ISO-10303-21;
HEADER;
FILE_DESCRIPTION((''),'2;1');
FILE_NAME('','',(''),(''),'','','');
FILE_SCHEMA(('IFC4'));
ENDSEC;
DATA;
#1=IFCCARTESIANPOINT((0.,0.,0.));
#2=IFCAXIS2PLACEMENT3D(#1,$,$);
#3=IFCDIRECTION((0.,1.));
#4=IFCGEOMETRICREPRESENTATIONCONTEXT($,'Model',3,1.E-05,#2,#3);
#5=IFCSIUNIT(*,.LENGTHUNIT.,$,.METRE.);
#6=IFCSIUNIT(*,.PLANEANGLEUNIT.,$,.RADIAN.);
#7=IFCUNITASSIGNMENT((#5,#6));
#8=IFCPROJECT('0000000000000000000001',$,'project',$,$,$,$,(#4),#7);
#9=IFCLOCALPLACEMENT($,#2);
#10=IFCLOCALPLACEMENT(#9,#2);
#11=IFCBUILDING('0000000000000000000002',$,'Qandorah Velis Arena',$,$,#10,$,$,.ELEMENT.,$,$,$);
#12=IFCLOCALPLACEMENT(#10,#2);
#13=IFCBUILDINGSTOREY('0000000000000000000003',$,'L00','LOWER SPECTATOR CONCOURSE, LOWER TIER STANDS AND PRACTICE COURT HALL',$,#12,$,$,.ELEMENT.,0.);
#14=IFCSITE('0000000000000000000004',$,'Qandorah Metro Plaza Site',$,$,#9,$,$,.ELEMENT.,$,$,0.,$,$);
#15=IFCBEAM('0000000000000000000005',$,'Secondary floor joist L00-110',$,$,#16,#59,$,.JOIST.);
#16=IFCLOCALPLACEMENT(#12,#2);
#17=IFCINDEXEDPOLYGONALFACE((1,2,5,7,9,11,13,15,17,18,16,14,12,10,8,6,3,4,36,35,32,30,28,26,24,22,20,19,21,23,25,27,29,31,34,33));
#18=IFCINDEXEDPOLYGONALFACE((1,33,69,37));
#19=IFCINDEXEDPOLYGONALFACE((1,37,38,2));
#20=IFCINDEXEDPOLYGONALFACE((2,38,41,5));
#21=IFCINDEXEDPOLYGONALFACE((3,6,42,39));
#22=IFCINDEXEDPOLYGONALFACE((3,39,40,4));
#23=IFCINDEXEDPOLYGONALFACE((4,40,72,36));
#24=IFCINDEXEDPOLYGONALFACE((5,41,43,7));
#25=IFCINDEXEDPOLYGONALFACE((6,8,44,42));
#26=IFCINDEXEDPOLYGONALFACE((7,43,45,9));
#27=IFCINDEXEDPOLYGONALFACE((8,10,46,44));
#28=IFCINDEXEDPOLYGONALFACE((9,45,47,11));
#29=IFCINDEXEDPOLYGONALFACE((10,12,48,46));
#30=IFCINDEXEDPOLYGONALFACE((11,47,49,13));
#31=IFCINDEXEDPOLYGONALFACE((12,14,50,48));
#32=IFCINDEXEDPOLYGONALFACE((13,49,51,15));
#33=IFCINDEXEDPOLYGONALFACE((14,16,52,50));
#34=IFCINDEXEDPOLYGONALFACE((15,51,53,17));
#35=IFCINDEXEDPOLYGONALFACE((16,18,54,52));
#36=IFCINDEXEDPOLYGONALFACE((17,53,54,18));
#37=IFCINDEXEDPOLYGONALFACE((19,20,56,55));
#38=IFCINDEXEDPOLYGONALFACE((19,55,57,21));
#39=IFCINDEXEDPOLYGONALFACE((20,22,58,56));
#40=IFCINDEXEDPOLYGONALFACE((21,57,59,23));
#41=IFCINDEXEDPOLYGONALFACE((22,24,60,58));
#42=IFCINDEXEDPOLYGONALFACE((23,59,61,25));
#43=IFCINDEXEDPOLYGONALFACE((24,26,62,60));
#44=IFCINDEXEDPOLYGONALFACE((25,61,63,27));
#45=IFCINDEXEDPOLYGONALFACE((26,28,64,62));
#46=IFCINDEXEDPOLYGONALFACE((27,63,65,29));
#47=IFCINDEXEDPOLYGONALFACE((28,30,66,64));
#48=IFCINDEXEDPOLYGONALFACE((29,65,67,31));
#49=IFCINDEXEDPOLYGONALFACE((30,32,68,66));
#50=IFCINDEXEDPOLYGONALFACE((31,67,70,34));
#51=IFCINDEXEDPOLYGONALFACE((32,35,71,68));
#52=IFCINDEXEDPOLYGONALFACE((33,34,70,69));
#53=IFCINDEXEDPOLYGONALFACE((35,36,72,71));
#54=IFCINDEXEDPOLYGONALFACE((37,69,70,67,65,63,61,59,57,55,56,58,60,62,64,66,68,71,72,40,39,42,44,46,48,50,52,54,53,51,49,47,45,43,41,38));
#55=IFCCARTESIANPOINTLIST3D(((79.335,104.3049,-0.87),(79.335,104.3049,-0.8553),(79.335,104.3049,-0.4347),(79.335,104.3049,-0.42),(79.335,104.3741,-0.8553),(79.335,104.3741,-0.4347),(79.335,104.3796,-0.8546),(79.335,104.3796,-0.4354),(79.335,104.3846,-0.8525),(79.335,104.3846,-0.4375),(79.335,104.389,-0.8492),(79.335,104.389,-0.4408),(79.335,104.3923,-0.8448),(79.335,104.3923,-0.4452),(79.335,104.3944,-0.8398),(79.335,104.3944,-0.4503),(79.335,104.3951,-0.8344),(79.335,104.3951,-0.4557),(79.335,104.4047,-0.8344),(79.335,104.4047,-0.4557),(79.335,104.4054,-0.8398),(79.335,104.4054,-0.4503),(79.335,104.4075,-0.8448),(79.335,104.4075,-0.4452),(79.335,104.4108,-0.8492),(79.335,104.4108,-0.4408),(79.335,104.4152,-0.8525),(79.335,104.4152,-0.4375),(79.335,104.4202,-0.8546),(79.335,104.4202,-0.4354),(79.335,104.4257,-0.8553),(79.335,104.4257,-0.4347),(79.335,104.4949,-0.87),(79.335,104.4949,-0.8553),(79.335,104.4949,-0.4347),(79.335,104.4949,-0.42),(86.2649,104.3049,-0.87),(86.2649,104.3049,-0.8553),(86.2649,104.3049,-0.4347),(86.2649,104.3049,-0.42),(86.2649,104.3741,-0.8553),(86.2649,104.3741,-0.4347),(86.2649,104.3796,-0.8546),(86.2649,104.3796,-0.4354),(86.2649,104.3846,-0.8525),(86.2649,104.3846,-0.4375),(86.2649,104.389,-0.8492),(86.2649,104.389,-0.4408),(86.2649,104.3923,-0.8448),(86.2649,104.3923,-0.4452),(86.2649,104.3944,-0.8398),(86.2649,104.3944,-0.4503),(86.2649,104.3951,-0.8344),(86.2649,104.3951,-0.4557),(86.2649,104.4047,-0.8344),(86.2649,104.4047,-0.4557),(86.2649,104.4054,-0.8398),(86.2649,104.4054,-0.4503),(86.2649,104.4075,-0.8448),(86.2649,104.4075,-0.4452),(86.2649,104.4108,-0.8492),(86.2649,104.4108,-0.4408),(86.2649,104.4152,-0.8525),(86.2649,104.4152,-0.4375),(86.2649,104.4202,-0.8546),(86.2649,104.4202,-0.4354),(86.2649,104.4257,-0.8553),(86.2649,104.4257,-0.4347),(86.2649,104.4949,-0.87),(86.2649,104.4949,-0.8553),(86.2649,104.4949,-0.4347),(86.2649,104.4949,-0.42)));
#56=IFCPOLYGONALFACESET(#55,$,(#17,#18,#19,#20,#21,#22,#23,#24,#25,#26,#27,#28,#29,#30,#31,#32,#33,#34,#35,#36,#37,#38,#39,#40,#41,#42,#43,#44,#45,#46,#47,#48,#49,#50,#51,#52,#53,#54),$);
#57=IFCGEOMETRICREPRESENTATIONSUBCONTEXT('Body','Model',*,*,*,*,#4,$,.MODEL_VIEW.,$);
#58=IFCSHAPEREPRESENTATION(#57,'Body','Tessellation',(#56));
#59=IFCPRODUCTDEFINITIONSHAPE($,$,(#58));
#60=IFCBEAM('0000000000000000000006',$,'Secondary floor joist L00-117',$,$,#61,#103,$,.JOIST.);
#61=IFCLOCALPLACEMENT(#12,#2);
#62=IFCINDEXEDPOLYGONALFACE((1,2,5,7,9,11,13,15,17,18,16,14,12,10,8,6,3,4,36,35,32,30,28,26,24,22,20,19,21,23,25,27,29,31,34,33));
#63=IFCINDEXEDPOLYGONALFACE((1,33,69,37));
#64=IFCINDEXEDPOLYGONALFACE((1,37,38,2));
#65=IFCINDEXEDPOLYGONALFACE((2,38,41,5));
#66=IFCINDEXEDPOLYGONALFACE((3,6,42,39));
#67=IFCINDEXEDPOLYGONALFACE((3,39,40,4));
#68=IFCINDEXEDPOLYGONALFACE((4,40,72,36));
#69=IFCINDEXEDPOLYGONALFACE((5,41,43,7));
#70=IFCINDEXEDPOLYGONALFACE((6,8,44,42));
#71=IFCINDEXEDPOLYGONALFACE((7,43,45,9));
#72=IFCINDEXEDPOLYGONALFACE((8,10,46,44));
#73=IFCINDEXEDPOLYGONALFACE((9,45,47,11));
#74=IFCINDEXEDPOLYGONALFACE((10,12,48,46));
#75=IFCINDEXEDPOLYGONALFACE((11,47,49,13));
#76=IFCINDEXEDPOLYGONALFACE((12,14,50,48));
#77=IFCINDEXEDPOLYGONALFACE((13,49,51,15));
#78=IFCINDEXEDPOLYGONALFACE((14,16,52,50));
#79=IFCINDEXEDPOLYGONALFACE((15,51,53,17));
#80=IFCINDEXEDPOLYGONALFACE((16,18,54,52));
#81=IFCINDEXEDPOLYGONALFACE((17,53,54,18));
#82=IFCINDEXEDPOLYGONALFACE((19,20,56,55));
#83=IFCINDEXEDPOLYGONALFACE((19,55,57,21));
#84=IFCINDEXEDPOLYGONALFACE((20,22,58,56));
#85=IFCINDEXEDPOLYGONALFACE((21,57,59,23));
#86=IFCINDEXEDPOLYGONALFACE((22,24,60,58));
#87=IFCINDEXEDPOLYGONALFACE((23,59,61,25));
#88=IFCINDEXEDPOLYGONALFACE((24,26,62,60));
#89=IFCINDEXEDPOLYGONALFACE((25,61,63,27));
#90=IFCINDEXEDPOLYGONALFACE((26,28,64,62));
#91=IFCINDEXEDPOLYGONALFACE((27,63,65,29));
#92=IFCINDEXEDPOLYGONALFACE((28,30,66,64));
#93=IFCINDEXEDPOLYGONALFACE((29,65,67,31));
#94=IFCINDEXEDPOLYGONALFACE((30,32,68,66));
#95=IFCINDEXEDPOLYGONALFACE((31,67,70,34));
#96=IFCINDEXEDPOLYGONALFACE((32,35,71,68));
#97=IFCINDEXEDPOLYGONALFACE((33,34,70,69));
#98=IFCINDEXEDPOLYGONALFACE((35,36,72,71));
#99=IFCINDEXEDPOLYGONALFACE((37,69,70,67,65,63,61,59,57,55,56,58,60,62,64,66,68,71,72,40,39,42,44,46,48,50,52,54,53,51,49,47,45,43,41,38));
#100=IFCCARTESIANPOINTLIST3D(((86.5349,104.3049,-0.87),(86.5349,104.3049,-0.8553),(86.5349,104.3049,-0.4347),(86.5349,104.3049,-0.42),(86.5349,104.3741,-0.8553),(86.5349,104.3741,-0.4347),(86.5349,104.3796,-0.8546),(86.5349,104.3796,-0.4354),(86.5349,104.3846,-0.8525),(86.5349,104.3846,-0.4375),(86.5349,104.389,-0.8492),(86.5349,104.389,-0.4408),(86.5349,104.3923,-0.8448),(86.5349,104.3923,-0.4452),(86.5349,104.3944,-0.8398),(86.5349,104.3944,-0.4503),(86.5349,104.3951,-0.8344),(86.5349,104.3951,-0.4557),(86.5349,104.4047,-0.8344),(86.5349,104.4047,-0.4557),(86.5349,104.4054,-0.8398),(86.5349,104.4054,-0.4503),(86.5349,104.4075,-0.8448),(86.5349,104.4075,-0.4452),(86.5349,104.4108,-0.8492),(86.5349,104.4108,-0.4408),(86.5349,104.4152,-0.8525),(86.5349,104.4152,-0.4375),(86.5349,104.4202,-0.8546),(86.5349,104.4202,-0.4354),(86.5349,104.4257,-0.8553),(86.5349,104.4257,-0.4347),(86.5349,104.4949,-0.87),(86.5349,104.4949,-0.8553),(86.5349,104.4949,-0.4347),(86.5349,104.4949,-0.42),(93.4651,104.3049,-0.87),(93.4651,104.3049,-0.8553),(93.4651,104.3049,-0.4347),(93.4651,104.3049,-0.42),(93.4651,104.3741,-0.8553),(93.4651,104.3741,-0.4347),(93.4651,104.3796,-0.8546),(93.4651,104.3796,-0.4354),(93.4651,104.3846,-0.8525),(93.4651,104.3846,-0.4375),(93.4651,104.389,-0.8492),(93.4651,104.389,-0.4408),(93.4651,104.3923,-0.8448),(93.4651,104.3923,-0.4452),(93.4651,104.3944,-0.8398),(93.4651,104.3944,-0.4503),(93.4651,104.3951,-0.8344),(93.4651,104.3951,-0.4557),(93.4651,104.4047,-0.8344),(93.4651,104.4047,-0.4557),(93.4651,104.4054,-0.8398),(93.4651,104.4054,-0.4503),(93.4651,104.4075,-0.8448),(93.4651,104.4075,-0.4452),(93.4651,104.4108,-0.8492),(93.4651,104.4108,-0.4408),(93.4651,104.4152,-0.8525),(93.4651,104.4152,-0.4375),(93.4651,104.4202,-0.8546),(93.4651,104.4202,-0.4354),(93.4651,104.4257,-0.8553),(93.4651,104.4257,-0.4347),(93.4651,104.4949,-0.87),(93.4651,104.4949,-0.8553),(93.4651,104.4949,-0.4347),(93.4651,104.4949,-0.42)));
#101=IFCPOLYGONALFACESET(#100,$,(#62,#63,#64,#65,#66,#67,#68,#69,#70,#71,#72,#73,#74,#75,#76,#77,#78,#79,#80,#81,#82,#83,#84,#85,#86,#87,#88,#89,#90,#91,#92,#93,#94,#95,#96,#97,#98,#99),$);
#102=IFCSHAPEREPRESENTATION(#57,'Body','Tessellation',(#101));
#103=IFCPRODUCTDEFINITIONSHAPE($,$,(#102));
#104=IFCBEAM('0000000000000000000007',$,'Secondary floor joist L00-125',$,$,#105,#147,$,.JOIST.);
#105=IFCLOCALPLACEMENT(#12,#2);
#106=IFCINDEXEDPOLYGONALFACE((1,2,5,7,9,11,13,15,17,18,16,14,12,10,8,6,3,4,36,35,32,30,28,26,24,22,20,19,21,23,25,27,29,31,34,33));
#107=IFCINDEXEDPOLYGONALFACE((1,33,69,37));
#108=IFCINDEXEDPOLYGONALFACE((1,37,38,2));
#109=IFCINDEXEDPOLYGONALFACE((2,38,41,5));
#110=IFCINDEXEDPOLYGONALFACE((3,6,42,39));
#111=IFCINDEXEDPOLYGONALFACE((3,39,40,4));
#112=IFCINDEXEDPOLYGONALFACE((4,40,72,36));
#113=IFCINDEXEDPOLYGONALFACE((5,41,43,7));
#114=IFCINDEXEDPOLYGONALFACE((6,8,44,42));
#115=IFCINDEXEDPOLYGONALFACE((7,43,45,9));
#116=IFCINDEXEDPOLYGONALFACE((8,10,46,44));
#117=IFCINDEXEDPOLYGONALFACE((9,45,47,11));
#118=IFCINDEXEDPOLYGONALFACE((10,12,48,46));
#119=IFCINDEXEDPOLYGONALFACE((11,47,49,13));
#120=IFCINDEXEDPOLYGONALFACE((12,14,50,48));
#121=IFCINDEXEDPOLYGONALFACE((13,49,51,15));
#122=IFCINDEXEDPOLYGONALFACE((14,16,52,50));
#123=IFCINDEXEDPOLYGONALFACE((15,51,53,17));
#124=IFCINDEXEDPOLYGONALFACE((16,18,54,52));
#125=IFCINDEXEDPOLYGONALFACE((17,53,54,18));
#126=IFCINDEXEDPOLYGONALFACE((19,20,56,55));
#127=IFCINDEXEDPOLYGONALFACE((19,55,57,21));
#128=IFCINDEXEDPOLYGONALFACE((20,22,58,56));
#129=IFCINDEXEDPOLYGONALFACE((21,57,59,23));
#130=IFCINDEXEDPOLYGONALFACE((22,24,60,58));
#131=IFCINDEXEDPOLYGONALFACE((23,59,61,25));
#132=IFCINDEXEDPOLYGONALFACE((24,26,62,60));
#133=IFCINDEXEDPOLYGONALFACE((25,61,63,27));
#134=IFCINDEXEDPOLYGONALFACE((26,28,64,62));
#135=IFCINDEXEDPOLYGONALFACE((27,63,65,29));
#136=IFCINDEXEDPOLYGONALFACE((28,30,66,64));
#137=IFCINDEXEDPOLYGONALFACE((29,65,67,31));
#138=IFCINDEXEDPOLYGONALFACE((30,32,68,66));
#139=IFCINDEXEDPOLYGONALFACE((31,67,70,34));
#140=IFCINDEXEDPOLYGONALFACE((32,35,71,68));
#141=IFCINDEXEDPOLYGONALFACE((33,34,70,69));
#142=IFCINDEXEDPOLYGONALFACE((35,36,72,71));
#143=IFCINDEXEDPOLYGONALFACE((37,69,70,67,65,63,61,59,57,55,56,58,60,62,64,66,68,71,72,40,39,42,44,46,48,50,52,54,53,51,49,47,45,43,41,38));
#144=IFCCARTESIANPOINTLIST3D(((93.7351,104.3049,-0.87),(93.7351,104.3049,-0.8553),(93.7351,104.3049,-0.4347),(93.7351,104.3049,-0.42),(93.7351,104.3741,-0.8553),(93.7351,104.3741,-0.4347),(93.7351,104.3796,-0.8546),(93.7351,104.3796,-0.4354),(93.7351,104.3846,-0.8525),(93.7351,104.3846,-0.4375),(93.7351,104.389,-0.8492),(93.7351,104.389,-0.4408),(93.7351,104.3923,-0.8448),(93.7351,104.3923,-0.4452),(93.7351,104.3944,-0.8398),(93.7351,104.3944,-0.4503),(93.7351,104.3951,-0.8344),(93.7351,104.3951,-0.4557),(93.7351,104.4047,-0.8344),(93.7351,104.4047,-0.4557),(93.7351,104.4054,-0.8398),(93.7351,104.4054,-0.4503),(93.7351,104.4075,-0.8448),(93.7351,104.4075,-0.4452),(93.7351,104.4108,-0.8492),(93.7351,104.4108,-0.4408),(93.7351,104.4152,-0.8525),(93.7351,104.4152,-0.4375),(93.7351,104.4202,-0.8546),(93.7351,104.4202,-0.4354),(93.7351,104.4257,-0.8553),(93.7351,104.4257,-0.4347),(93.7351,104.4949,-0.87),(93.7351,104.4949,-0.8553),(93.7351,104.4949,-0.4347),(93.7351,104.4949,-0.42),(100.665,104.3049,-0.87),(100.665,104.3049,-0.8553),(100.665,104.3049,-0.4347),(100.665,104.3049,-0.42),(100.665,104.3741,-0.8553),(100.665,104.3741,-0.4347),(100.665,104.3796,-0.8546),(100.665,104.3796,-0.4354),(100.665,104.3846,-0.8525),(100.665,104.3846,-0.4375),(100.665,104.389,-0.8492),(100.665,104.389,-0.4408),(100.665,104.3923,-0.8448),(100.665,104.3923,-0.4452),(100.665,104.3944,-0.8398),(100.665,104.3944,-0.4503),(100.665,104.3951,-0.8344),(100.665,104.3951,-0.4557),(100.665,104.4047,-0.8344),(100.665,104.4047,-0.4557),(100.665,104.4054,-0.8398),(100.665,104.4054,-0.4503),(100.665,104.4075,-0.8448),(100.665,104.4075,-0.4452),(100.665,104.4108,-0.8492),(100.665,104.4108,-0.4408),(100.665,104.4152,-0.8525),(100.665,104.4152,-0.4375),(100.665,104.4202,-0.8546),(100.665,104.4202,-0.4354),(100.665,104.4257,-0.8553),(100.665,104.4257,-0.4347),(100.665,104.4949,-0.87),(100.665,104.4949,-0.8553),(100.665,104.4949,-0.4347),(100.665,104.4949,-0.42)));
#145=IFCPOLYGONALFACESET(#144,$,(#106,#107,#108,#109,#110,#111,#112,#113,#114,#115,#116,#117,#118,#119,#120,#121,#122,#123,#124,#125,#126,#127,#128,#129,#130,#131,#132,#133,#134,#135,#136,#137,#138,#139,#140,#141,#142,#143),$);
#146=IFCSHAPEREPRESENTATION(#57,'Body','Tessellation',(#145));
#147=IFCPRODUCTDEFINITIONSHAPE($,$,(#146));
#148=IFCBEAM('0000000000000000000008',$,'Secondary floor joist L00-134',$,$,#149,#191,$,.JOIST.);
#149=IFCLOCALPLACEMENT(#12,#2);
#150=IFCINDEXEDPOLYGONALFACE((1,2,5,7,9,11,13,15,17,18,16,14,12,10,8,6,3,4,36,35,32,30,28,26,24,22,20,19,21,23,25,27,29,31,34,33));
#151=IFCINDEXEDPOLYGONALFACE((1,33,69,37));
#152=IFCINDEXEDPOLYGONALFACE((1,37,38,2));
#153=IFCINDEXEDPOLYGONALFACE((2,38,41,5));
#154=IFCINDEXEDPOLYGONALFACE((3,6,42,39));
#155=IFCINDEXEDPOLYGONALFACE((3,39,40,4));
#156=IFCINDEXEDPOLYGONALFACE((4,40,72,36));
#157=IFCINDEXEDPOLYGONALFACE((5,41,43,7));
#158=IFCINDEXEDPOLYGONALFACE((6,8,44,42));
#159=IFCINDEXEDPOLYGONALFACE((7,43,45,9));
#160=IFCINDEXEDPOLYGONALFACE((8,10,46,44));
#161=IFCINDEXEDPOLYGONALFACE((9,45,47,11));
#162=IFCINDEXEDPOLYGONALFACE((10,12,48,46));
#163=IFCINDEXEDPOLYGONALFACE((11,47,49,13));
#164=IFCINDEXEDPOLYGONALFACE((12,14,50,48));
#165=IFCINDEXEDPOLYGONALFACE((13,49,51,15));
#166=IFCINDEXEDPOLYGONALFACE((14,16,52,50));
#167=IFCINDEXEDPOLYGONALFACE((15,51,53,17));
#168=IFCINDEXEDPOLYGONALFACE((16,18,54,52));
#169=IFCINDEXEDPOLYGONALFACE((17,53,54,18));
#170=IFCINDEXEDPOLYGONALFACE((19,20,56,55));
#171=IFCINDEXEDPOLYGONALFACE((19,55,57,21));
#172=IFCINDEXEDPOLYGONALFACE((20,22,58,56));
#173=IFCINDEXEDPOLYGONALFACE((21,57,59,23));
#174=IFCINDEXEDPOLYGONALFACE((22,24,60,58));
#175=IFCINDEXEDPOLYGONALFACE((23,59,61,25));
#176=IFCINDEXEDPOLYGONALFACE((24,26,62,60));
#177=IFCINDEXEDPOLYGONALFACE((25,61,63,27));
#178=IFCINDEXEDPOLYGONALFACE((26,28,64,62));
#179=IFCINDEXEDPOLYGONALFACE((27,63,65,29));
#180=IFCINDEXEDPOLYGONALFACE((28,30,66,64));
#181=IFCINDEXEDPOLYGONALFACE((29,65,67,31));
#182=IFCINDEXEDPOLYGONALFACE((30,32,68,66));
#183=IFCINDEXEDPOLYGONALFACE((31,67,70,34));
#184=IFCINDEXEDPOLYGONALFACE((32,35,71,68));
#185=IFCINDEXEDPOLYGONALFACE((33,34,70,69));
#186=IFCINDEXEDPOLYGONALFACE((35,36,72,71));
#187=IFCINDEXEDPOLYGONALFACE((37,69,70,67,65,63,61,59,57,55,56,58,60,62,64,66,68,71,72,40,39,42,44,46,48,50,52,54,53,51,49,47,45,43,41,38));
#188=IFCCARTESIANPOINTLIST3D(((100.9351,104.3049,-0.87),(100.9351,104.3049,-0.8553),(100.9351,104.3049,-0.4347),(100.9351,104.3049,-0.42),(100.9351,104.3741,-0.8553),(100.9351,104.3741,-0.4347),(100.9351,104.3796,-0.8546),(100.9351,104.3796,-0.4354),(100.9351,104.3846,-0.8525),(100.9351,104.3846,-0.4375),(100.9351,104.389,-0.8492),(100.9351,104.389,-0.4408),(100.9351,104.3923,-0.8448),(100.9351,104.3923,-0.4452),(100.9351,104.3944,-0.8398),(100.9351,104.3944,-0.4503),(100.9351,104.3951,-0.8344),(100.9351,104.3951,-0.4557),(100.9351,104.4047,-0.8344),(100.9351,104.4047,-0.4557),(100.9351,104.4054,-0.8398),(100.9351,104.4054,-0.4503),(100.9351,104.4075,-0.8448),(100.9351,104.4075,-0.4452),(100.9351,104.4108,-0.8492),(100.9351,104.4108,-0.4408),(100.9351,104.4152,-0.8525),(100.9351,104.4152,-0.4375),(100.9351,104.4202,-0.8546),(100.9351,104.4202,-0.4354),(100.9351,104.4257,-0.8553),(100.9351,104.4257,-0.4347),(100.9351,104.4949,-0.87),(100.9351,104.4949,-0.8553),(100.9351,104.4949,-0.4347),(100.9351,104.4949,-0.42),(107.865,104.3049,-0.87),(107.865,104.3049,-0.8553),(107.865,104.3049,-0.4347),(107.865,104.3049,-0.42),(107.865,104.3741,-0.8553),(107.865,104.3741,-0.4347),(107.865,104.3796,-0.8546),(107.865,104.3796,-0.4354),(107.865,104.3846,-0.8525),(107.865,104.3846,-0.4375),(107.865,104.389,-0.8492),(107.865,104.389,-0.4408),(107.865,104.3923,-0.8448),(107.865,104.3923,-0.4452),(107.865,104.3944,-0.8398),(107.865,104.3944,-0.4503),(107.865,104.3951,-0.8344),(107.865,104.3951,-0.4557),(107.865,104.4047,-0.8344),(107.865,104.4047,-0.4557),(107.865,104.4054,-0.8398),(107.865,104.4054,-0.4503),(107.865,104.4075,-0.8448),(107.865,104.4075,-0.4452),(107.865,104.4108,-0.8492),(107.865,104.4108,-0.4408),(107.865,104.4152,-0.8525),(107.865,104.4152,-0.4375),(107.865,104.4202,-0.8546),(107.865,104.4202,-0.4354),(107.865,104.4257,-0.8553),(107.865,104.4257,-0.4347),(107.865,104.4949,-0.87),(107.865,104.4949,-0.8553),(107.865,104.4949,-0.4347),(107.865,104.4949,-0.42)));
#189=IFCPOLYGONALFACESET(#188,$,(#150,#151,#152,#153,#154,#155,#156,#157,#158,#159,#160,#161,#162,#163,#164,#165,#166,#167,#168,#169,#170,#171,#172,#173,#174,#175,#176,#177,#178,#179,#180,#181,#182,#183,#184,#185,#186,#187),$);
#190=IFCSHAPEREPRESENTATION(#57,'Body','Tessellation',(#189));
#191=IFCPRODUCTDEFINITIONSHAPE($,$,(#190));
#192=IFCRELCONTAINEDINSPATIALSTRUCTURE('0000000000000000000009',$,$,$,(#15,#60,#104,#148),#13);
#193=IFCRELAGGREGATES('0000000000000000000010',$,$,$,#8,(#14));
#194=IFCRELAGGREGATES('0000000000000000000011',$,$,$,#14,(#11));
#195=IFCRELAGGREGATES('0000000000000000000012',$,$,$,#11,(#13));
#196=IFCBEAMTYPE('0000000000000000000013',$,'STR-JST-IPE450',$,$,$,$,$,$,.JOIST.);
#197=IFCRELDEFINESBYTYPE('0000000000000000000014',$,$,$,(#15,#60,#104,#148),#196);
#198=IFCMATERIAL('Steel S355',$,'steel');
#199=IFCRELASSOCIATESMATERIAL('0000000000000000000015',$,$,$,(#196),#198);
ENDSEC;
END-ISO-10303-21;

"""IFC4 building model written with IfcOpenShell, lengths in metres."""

from ifc_helpers import new_model, si_unit, direction, frame, origin, origin_2d, place, context, subcontext, project, spatial, i_section, extrude, material, material_profile, profile_set, type_object, element, save


model = new_model("IFC4")

# Units and contexts
model_context = context("Model", 3, precision=1e-05, world=origin(), true_north=direction((0.0, 1.0)))
body_context = subcontext(model_context, "Body", "Model", "MODEL_VIEW")
ifc_project = project(units=[si_unit("LENGTHUNIT", "METRE"), si_unit("PLANEANGLEUNIT", "RADIAN")], contexts=[model_context])

# Site, building, storey
site_placement = place(None, origin())
site = spatial("IfcSite", under=ifc_project, at=site_placement, Name="Qandorah Metro Plaza Site", CompositionType="ELEMENT", RefElevation=0.0)
building_placement = place(site_placement, origin())
building = spatial("IfcBuilding", under=site, at=building_placement, Name="Qandorah Velis Arena", CompositionType="ELEMENT")
storey_placement = place(building_placement, origin())
storey = spatial("IfcBuildingStorey", under=building, at=storey_placement, Name="L00", Description="LOWER SPECTATOR CONCOURSE, LOWER TIER STANDS AND PRACTICE COURT HALL", CompositionType="ELEMENT", Elevation=0.0)

# Beams
ifc_material_1 = material(Name="Steel S355", Category="steel")
ifc_material_profile_1 = material_profile(ifc_material_1, i_section(OverallWidth=0.1899, OverallDepth=0.45, WebThickness=0.0095, FlangeThickness=0.0146, FilletRadius=0.021, at=origin_2d()), Name="IPE 450")
ifc_profile_set_1 = profile_set([ifc_material_profile_1], Name="Steel S355")
beam_type_1 = type_object("IfcBeamType", Name="STR-JST-IPE450", PredefinedType="JOIST", material=ifc_profile_set_1)
beam_1_placement = place(storey_placement, frame((79.335, 104.3999, -0.645), z_axis=(1.0, 0.0, 0.0), x_axis=(0.0, 1.0, 0.0)))
element("IfcBeam", 1, at=beam_1_placement, inside=storey, type_object=beam_type_1, Name="Secondary floor joist L00-110", PredefinedType="JOIST", context=body_context, shape_type="SweptSolid", body=[
    extrude(i_section(OverallWidth=0.1899, OverallDepth=0.45, WebThickness=0.0095, FlangeThickness=0.0146, FilletRadius=0.021, at=origin_2d()), origin(), (0.0, 0.0, 1.0), 6.9299),
])
beam_2_placement = place(storey_placement, frame((86.5349, 104.3999, -0.645), z_axis=(1.0, 0.0, 0.0), x_axis=(0.0, 1.0, 0.0)))
element("IfcBeam", 2, at=beam_2_placement, inside=storey, type_object=beam_type_1, Name="Secondary floor joist L00-117", PredefinedType="JOIST", context=body_context, shape_type="SweptSolid", body=[
    extrude(i_section(OverallWidth=0.1899, OverallDepth=0.45, WebThickness=0.0095, FlangeThickness=0.0146, FilletRadius=0.021, at=origin_2d()), origin(), (0.0, 0.0, 1.0), 6.9302),
])
for number, where, z_axis, x_axis, name in (
    (3, (93.7351, 104.3999, -0.645), (1.0, 0.0, 0.0), (0.0, 1.0, 0.0), "Secondary floor joist L00-125"),
    (4, (100.9351, 104.3999, -0.645), (1.0, 0.0, 0.0), (0.0, 1.0, 0.0), "Secondary floor joist L00-134"),
):
    element("IfcBeam", number, at=place(storey_placement, frame(where, z_axis=z_axis, x_axis=x_axis)), inside=storey, type_object=beam_type_1, Name=name, PredefinedType="JOIST", context=body_context, shape_type="SweptSolid", body=[
        extrude(i_section(OverallWidth=0.1899, OverallDepth=0.45, WebThickness=0.0095, FlangeThickness=0.0146, FilletRadius=0.021, at=origin_2d()), origin(), (0.0, 0.0, 1.0), 6.9299),
    ])

save(model, "model.ifc")
